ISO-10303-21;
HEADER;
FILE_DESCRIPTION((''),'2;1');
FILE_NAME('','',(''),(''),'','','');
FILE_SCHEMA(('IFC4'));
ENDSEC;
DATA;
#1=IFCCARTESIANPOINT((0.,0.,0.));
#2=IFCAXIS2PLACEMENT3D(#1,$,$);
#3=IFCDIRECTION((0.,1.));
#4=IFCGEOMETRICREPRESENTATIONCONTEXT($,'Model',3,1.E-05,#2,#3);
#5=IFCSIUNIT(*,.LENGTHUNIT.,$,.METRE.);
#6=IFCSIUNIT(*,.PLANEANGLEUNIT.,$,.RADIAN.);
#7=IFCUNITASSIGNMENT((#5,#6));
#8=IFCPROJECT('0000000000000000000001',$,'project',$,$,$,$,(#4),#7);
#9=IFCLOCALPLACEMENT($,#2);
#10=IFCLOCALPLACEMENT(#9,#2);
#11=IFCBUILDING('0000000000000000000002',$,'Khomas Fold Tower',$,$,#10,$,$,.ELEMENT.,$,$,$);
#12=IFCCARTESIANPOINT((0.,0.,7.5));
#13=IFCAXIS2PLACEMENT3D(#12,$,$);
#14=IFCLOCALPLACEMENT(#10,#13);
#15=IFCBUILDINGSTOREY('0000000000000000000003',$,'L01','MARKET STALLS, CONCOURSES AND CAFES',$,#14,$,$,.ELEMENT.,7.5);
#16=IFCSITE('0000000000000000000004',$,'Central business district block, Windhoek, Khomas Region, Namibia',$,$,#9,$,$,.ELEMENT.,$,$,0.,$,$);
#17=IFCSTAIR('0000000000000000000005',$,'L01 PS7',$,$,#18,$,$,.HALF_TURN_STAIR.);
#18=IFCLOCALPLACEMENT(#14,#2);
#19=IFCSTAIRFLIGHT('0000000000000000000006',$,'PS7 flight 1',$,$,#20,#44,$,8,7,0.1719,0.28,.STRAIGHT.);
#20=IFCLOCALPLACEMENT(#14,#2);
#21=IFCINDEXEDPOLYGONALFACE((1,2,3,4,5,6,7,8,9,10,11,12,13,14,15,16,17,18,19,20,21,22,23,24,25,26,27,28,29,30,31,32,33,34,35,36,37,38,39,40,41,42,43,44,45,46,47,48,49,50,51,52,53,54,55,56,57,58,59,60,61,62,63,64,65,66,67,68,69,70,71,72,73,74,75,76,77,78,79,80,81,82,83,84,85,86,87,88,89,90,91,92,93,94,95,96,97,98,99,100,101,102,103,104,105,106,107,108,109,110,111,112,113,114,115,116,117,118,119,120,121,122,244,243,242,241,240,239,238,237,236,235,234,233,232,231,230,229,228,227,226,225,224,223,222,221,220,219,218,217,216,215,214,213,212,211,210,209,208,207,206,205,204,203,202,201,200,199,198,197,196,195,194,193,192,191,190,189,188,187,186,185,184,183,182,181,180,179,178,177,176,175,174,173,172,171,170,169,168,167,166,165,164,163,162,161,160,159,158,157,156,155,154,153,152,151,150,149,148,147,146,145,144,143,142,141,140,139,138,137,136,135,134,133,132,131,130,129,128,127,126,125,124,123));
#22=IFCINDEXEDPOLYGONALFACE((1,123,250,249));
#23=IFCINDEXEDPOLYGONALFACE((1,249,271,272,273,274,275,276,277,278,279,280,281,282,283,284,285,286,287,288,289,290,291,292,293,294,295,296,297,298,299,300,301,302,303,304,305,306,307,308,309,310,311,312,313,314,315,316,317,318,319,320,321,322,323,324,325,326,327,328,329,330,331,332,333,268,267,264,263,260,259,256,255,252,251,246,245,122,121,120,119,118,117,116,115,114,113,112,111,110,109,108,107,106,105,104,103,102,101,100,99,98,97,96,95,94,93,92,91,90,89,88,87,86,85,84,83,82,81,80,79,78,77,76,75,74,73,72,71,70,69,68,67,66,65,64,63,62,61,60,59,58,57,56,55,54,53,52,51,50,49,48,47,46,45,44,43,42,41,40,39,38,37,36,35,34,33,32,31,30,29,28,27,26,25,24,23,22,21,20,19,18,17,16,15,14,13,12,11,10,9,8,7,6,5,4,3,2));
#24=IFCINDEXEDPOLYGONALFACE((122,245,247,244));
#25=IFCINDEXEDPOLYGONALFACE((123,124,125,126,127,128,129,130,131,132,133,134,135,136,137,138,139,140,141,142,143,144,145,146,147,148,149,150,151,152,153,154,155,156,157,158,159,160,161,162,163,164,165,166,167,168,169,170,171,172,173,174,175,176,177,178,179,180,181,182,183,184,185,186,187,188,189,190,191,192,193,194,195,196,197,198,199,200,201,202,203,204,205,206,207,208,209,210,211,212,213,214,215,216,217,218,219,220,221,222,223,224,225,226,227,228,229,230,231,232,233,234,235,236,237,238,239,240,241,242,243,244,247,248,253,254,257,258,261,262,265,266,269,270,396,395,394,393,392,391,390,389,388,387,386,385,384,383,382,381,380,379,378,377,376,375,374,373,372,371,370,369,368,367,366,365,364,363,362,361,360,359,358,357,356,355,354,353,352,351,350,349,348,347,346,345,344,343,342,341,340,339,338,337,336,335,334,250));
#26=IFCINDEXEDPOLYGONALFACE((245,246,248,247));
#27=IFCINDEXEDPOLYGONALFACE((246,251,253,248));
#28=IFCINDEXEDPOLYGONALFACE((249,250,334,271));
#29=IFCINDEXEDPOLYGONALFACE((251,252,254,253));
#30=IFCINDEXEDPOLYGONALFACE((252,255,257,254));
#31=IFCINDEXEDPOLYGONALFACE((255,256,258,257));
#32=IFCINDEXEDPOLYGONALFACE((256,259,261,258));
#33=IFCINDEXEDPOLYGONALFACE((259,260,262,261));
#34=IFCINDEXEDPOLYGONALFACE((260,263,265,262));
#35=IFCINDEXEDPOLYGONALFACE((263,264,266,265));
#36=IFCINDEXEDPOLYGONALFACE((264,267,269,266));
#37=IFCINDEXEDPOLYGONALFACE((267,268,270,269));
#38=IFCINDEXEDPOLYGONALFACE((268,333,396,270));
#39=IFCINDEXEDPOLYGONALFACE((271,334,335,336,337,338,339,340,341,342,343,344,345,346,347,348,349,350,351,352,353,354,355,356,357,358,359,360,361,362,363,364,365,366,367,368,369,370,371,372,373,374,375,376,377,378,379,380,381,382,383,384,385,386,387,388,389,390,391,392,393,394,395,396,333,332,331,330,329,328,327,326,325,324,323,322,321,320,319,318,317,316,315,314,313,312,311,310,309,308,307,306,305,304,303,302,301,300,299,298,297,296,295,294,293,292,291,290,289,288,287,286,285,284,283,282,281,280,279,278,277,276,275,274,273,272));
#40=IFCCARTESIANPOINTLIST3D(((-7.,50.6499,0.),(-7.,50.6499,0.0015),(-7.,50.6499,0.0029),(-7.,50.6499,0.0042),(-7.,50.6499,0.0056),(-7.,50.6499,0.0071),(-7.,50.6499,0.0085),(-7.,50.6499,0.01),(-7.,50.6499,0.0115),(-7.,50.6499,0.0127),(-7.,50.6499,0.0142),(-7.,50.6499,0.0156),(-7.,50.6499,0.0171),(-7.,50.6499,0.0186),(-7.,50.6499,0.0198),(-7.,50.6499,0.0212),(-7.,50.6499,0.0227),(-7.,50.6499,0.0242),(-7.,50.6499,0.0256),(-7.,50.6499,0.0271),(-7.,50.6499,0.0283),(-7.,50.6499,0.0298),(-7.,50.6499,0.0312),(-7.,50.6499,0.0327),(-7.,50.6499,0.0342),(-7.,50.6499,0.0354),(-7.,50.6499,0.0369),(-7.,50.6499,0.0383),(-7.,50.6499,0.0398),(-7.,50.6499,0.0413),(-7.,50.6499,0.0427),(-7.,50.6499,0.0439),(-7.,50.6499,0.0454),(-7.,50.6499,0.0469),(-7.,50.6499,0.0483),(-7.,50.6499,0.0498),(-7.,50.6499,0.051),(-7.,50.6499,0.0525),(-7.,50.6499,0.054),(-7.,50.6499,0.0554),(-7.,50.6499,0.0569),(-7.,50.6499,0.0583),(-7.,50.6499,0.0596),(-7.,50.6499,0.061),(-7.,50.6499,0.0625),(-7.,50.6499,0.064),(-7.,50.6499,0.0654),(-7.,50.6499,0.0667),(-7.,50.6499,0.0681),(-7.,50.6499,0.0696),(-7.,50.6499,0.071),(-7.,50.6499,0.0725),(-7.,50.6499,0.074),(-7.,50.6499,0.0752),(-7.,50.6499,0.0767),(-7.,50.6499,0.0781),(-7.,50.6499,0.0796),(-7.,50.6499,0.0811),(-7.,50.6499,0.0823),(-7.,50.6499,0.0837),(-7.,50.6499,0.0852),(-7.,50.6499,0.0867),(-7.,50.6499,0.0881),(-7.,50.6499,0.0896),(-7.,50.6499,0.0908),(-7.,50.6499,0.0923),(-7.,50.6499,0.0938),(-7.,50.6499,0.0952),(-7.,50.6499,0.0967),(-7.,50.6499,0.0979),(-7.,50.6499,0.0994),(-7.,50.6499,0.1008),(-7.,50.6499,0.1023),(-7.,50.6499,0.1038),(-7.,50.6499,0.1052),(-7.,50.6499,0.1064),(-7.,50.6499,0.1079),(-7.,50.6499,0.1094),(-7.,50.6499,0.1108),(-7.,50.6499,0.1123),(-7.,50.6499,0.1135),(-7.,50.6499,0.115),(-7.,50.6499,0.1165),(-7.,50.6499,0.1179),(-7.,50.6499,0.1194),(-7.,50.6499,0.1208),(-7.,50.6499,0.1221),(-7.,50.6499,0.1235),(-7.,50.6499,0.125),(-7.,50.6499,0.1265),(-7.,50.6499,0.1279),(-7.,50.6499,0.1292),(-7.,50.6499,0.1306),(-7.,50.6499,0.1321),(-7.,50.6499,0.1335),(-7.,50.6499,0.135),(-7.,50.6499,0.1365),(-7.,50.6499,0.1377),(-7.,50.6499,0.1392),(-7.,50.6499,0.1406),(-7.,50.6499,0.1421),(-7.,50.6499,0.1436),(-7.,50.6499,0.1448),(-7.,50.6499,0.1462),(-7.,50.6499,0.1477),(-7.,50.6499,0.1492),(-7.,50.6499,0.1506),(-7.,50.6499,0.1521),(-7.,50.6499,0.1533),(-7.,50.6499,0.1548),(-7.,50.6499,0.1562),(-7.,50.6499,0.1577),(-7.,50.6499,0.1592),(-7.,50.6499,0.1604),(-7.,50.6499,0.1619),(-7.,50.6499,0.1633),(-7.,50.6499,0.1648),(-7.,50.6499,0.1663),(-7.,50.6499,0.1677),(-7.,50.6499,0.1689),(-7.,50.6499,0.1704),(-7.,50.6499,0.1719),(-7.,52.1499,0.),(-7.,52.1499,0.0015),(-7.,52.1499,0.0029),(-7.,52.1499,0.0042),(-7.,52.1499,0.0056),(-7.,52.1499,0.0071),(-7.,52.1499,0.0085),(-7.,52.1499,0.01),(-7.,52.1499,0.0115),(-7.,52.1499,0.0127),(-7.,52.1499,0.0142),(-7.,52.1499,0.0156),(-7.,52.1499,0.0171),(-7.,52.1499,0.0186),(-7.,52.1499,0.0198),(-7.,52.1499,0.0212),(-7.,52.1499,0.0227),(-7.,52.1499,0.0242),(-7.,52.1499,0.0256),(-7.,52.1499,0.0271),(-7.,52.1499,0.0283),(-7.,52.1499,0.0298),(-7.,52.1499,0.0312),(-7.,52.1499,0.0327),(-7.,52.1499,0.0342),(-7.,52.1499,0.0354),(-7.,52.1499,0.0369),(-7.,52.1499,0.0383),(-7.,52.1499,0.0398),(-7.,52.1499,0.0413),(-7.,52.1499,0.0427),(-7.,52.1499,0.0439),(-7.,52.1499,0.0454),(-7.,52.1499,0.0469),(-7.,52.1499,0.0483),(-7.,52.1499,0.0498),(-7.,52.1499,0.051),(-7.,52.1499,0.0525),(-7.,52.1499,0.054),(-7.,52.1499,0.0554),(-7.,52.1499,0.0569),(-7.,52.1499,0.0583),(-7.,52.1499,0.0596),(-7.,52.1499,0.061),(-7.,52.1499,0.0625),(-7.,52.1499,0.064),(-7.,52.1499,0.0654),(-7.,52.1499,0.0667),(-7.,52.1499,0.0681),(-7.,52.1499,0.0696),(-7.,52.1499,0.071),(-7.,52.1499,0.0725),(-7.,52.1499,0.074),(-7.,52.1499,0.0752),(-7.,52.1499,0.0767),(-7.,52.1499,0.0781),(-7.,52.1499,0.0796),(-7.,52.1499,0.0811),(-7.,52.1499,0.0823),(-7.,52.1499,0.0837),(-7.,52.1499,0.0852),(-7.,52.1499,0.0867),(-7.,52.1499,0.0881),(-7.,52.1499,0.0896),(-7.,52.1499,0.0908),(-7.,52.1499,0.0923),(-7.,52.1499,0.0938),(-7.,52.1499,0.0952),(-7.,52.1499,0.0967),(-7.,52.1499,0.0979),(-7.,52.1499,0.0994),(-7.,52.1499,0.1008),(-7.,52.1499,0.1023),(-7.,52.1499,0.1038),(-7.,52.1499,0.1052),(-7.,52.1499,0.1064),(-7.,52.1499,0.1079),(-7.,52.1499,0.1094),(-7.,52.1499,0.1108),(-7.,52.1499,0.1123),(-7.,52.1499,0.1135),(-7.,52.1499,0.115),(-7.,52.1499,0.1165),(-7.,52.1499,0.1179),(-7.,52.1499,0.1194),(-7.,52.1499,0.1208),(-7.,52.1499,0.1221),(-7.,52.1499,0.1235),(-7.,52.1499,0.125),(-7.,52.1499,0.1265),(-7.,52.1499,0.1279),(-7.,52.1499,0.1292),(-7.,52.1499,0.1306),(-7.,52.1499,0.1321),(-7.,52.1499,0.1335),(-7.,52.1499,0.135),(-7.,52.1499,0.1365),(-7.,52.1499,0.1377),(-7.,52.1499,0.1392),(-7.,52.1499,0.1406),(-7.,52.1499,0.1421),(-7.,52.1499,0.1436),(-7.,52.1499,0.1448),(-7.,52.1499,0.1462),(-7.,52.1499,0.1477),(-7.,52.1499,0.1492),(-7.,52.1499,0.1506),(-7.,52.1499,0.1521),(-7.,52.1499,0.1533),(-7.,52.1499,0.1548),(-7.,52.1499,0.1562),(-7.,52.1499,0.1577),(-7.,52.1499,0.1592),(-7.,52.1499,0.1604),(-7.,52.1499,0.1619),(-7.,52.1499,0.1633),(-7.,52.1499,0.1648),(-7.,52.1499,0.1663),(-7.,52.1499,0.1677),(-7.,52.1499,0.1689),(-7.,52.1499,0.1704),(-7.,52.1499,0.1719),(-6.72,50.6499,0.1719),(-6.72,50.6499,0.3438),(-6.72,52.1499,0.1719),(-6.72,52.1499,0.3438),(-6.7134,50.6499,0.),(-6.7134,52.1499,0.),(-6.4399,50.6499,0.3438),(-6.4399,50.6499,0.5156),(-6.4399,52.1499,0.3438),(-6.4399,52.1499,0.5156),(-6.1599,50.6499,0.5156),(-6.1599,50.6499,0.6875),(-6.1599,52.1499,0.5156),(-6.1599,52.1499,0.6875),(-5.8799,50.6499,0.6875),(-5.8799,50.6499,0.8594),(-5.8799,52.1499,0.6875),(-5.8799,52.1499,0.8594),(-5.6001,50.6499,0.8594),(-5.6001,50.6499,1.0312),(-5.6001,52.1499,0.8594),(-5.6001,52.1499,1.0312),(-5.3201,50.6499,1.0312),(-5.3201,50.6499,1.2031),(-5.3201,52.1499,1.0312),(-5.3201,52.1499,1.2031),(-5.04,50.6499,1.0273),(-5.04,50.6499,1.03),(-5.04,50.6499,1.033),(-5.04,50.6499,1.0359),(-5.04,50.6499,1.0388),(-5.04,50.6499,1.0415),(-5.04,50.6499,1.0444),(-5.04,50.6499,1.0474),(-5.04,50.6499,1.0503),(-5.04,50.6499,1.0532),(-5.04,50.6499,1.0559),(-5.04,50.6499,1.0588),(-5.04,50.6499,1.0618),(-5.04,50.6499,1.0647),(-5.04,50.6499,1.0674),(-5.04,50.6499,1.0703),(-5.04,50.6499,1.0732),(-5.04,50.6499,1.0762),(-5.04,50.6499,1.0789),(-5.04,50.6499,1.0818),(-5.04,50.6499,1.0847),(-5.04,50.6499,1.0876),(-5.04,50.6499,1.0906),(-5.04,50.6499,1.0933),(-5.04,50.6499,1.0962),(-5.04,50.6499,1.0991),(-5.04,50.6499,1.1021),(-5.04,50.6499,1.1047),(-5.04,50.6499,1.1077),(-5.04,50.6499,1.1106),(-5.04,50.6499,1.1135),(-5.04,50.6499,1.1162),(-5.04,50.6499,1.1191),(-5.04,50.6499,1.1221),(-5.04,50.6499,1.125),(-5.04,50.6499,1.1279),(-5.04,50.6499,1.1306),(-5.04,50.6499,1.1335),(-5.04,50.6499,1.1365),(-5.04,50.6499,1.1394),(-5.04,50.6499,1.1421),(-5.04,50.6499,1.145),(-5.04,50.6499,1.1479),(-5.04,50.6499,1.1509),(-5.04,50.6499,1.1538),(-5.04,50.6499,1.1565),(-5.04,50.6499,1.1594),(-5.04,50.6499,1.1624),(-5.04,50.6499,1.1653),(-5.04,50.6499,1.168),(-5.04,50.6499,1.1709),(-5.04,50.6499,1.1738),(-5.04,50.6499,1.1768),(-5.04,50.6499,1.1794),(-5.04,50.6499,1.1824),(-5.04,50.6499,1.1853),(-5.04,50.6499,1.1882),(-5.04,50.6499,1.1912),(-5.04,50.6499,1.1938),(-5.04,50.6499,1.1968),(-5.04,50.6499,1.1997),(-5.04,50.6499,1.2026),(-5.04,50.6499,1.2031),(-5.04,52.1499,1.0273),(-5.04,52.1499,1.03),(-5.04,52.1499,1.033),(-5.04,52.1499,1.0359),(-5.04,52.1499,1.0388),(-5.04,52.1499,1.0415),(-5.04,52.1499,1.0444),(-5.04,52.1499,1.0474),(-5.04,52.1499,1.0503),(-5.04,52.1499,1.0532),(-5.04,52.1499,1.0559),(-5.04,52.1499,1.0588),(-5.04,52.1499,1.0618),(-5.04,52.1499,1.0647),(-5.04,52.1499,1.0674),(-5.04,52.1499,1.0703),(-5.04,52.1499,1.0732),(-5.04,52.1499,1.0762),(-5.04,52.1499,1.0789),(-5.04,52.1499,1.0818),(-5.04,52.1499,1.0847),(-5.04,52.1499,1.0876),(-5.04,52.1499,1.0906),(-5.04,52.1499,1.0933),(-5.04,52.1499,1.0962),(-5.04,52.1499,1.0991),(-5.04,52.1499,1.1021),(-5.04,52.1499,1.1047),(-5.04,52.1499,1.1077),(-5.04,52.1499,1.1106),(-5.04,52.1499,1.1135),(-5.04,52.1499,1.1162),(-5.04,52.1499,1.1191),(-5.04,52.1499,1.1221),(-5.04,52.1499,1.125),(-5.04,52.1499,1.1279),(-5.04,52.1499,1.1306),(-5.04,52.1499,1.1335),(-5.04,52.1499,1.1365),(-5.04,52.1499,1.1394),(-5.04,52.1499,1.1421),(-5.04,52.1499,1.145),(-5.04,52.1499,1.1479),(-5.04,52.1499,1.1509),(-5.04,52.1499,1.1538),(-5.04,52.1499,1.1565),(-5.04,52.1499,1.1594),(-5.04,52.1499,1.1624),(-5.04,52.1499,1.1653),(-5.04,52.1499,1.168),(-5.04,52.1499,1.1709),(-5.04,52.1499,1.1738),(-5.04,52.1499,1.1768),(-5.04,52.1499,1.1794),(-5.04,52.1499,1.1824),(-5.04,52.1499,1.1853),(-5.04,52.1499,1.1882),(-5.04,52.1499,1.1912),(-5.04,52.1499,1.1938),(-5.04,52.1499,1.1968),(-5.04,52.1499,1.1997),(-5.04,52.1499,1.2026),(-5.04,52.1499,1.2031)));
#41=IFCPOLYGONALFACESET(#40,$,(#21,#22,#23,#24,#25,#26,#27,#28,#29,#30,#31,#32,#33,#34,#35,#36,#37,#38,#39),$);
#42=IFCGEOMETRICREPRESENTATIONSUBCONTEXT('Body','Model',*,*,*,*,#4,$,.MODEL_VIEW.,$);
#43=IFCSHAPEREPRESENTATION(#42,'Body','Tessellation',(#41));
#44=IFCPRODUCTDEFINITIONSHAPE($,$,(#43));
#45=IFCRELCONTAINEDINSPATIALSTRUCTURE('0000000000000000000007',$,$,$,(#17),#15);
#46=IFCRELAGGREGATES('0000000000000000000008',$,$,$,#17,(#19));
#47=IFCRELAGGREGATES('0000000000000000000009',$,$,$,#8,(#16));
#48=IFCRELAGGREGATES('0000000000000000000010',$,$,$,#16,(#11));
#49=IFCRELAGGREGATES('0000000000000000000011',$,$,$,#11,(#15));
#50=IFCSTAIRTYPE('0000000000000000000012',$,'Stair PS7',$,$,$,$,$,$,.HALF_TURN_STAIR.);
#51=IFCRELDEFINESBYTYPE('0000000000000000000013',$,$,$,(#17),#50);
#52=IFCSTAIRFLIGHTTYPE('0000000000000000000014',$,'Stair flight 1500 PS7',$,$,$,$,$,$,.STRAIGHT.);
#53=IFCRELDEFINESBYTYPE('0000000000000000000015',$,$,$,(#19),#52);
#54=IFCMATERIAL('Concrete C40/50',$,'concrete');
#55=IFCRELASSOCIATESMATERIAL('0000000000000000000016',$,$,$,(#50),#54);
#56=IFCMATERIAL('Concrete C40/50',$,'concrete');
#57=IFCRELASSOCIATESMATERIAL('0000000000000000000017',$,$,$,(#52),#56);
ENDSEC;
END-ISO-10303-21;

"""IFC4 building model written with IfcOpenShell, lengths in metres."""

from ifc_helpers import new_model, si_unit, direction, frame, origin, place, context, subcontext, project, spatial, polyline, outline, extrude, source, transform, mapped, material, type_object, element, aggregate, save


model = new_model("IFC4")

# Units and contexts
model_context = context("Model", 3, precision=1e-05, world=origin(), true_north=direction((0.0, 1.0)))
body_context = subcontext(model_context, "Body", "Model", "MODEL_VIEW")
ifc_project = project(units=[si_unit("LENGTHUNIT", "METRE"), si_unit("PLANEANGLEUNIT", "RADIAN")], contexts=[model_context])

# Site, building, storey
site_placement = place(None, origin())
site = spatial("IfcSite", under=ifc_project, at=site_placement, Name="Central business district block, Windhoek, Khomas Region, Namibia", CompositionType="ELEMENT", RefElevation=0.0)
building_placement = place(site_placement, origin())
building = spatial("IfcBuilding", under=site, at=building_placement, Name="Khomas Fold Tower", CompositionType="ELEMENT")
storey_placement = place(building_placement, frame((0.0, 0.0, 7.5)))
storey = spatial("IfcBuildingStorey", under=building, at=storey_placement, Name="L01", Description="MARKET STALLS, CONCOURSES AND CAFES", CompositionType="ELEMENT", Elevation=7.5)

# Stair, stair flight
ifc_material_1 = material(Name="Concrete C40/50", Category="concrete")
stair_type = type_object("IfcStairType", Name="Stair PS7", PredefinedType="HALF_TURN_STAIR", material=ifc_material_1)
stair_placement = place(storey_placement, origin())
stair = element("IfcStair", 1, at=stair_placement, inside=storey, type_object=stair_type, Name="L01 PS7", PredefinedType="HALF_TURN_STAIR")
ifc_material_2 = material(Name="Concrete C40/50", Category="concrete")
stair_flight_type = type_object("IfcStairFlightType", Name="Stair flight 1500 PS7", PredefinedType="STRAIGHT", material=ifc_material_2)
shared_shape_1 = source(origin(), body_context, "Body", "SweptSolid", [
    extrude(outline(polyline([(0.0, 0.0), (0.0, 0.0015), (0.0, 0.0029), (0.0, 0.0042), (0.0, 0.0056), (0.0, 0.0071), (0.0, 0.0085), (0.0, 0.01), (0.0, 0.0115), (0.0, 0.0127), (0.0, 0.0142), (0.0, 0.0156), (0.0, 0.0171), (0.0, 0.0186), (0.0, 0.0198), (0.0, 0.0212), (0.0, 0.0227), (0.0, 0.0242), (0.0, 0.0256), (0.0, 0.0271), (0.0, 0.0283), (0.0, 0.0298), (0.0, 0.0312), (0.0, 0.0327), (0.0, 0.0342), (0.0, 0.0354), (0.0, 0.0369), (0.0, 0.0383), (0.0, 0.0398), (0.0, 0.0413), (0.0, 0.0427), (0.0, 0.0439), (0.0, 0.0454), (0.0, 0.0469), (0.0, 0.0483), (0.0, 0.0498), (0.0, 0.051), (0.0, 0.0525), (0.0, 0.054), (0.0, 0.0554), (0.0, 0.0569), (0.0, 0.0583), (0.0, 0.0596), (0.0, 0.061), (0.0, 0.0625), (0.0, 0.064), (0.0, 0.0654), (0.0, 0.0667), (0.0, 0.0681), (0.0, 0.0696), (0.0, 0.071), (0.0, 0.0725), (0.0, 0.074), (0.0, 0.0752), (0.0, 0.0767), (0.0, 0.0781), (0.0, 0.0796), (0.0, 0.0811), (0.0, 0.0823), (0.0, 0.0837), (0.0, 0.0852), (0.0, 0.0867), (0.0, 0.0881), (0.0, 0.0896), (0.0, 0.0908), (0.0, 0.0923), (0.0, 0.0938), (0.0, 0.0952), (0.0, 0.0967), (0.0, 0.0979), (0.0, 0.0994), (0.0, 0.1008), (0.0, 0.1023), (0.0, 0.1038), (0.0, 0.1052), (0.0, 0.1064), (0.0, 0.1079), (0.0, 0.1094), (0.0, 0.1108), (0.0, 0.1123), (0.0, 0.1135), (0.0, 0.115), (0.0, 0.1165), (0.0, 0.1179), (0.0, 0.1194), (0.0, 0.1208), (0.0, 0.1221), (0.0, 0.1235), (0.0, 0.125), (0.0, 0.1265), (0.0, 0.1279), (0.0, 0.1292), (0.0, 0.1306), (0.0, 0.1321), (0.0, 0.1335), (0.0, 0.135), (0.0, 0.1365), (0.0, 0.1377), (0.0, 0.1392), (0.0, 0.1406), (0.0, 0.1421), (0.0, 0.1436), (0.0, 0.1448), (0.0, 0.1462), (0.0, 0.1477), (0.0, 0.1492), (0.0, 0.1506), (0.0, 0.1521), (0.0, 0.1533), (0.0, 0.1548), (0.0, 0.1562), (0.0, 0.1577), (0.0, 0.1592), (0.0, 0.1604), (0.0, 0.1619), (0.0, 0.1633), (0.0, 0.1648), (0.0, 0.1663), (0.0, 0.1677), (0.0, 0.1689), (0.0, 0.1704), (0.0, 0.1719), (0.28, 0.1719), (0.28, 0.3438), (0.5601, 0.3438), (0.5601, 0.5156), (0.8401, 0.5156), (0.8401, 0.6875), (1.1201, 0.6875), (1.1201, 0.8594), (1.3999, 0.8594), (1.3999, 1.0312), (1.6799, 1.0312), (1.6799, 1.2031), (1.96, 1.2031), (1.96, 1.375), (1.96, 1.3721), (1.96, 1.3691), (1.96, 1.3665), (1.96, 1.3635), (1.96, 1.3606), (1.96, 1.3577), (1.96, 1.355), (1.96, 1.3521), (1.96, 1.3491), (1.96, 1.3462), (1.96, 1.3435), (1.96, 1.3406), (1.96, 1.3376), (1.96, 1.3347), (1.96, 1.3318), (1.96, 1.3291), (1.96, 1.3262), (1.96, 1.3232), (1.96, 1.3203), (1.96, 1.3176), (1.96, 1.3147), (1.96, 1.3118), (1.96, 1.3088), (1.96, 1.3059), (1.96, 1.3032), (1.96, 1.3003), (1.96, 1.2974), (1.96, 1.2944), (1.96, 1.2917), (1.96, 1.2888), (1.96, 1.2859), (1.96, 1.283), (1.96, 1.2803), (1.96, 1.2773), (1.96, 1.2744), (1.96, 1.2715), (1.96, 1.2686), (1.96, 1.2659), (1.96, 1.2629), (1.96, 1.26), (1.96, 1.2571), (1.96, 1.2544), (1.96, 1.2515), (1.96, 1.2485), (1.96, 1.2456), (1.96, 1.2427), (1.96, 1.24), (1.96, 1.2371), (1.96, 1.2341), (1.96, 1.2312), (1.96, 1.2285), (1.96, 1.2256), (1.96, 1.2227), (1.96, 1.2197), (1.96, 1.217), (1.96, 1.2141), (1.96, 1.2112), (1.96, 1.2083), (1.96, 1.2053), (1.96, 1.2026), (1.96, 1.1997), (1.96, 1.1968), (1.96, 1.1938), (1.96, 1.1912), (1.96, 1.1882), (1.96, 1.1853), (1.96, 1.1824), (1.96, 1.1794), (1.96, 1.1768), (1.96, 1.1738), (1.96, 1.1709), (1.96, 1.168), (1.96, 1.1653), (1.96, 1.1624), (1.96, 1.1594), (1.96, 1.1565), (1.96, 1.1538), (1.96, 1.1509), (1.96, 1.1479), (1.96, 1.145), (1.96, 1.1421), (1.96, 1.1394), (1.96, 1.1365), (1.96, 1.1335), (1.96, 1.1306), (1.96, 1.1279), (1.96, 1.125), (1.96, 1.1221), (1.96, 1.1191), (1.96, 1.1162), (1.96, 1.1135), (1.96, 1.1106), (1.96, 1.1077), (1.96, 1.1047), (1.96, 1.1021), (1.96, 1.0991), (1.96, 1.0962), (1.96, 1.0933), (1.96, 1.0906), (1.96, 1.0876), (1.96, 1.0847), (1.96, 1.0818), (1.96, 1.0789), (1.96, 1.0762), (1.96, 1.0732), (1.96, 1.0703), (1.96, 1.0674), (1.96, 1.0647), (1.96, 1.0618), (1.96, 1.0588), (1.96, 1.0559), (1.96, 1.0532), (1.96, 1.0503), (1.96, 1.0474), (1.96, 1.0444), (1.96, 1.0415), (1.96, 1.0388), (1.96, 1.0359), (1.96, 1.033), (1.96, 1.03), (1.96, 1.0273), (0.2866, 0.0), (0.0, 0.0)])), frame((0.0, 0.75, 0.0), z_axis=(0.0, -1.0, 0.0), x_axis=(1.0, 0.0, 0.0)), (0.0, 0.0, 1.0), 1.5),
])
stair_flight_1_placement = place(storey_placement, frame((-7.0, 51.3999, 0.0), z_axis=(0.0, 0.0, 1.0), x_axis=(1.0, 0.0, 0.0)))
stair_flight_1 = element("IfcStairFlight", 2, at=stair_flight_1_placement, type_object=stair_flight_type, Name="PS7 flight 1", NumberOfRisers=8, NumberOfTreads=7, PredefinedType="STRAIGHT", RiserHeight=0.1719, TreadLength=0.28, context=body_context, shape_type="MappedRepresentation", body=[
    mapped(shared_shape_1, transform((0.0, 0.0, 0.0))),
])
aggregate(stair, [stair_flight_1])

save(model, "model.ifc")
